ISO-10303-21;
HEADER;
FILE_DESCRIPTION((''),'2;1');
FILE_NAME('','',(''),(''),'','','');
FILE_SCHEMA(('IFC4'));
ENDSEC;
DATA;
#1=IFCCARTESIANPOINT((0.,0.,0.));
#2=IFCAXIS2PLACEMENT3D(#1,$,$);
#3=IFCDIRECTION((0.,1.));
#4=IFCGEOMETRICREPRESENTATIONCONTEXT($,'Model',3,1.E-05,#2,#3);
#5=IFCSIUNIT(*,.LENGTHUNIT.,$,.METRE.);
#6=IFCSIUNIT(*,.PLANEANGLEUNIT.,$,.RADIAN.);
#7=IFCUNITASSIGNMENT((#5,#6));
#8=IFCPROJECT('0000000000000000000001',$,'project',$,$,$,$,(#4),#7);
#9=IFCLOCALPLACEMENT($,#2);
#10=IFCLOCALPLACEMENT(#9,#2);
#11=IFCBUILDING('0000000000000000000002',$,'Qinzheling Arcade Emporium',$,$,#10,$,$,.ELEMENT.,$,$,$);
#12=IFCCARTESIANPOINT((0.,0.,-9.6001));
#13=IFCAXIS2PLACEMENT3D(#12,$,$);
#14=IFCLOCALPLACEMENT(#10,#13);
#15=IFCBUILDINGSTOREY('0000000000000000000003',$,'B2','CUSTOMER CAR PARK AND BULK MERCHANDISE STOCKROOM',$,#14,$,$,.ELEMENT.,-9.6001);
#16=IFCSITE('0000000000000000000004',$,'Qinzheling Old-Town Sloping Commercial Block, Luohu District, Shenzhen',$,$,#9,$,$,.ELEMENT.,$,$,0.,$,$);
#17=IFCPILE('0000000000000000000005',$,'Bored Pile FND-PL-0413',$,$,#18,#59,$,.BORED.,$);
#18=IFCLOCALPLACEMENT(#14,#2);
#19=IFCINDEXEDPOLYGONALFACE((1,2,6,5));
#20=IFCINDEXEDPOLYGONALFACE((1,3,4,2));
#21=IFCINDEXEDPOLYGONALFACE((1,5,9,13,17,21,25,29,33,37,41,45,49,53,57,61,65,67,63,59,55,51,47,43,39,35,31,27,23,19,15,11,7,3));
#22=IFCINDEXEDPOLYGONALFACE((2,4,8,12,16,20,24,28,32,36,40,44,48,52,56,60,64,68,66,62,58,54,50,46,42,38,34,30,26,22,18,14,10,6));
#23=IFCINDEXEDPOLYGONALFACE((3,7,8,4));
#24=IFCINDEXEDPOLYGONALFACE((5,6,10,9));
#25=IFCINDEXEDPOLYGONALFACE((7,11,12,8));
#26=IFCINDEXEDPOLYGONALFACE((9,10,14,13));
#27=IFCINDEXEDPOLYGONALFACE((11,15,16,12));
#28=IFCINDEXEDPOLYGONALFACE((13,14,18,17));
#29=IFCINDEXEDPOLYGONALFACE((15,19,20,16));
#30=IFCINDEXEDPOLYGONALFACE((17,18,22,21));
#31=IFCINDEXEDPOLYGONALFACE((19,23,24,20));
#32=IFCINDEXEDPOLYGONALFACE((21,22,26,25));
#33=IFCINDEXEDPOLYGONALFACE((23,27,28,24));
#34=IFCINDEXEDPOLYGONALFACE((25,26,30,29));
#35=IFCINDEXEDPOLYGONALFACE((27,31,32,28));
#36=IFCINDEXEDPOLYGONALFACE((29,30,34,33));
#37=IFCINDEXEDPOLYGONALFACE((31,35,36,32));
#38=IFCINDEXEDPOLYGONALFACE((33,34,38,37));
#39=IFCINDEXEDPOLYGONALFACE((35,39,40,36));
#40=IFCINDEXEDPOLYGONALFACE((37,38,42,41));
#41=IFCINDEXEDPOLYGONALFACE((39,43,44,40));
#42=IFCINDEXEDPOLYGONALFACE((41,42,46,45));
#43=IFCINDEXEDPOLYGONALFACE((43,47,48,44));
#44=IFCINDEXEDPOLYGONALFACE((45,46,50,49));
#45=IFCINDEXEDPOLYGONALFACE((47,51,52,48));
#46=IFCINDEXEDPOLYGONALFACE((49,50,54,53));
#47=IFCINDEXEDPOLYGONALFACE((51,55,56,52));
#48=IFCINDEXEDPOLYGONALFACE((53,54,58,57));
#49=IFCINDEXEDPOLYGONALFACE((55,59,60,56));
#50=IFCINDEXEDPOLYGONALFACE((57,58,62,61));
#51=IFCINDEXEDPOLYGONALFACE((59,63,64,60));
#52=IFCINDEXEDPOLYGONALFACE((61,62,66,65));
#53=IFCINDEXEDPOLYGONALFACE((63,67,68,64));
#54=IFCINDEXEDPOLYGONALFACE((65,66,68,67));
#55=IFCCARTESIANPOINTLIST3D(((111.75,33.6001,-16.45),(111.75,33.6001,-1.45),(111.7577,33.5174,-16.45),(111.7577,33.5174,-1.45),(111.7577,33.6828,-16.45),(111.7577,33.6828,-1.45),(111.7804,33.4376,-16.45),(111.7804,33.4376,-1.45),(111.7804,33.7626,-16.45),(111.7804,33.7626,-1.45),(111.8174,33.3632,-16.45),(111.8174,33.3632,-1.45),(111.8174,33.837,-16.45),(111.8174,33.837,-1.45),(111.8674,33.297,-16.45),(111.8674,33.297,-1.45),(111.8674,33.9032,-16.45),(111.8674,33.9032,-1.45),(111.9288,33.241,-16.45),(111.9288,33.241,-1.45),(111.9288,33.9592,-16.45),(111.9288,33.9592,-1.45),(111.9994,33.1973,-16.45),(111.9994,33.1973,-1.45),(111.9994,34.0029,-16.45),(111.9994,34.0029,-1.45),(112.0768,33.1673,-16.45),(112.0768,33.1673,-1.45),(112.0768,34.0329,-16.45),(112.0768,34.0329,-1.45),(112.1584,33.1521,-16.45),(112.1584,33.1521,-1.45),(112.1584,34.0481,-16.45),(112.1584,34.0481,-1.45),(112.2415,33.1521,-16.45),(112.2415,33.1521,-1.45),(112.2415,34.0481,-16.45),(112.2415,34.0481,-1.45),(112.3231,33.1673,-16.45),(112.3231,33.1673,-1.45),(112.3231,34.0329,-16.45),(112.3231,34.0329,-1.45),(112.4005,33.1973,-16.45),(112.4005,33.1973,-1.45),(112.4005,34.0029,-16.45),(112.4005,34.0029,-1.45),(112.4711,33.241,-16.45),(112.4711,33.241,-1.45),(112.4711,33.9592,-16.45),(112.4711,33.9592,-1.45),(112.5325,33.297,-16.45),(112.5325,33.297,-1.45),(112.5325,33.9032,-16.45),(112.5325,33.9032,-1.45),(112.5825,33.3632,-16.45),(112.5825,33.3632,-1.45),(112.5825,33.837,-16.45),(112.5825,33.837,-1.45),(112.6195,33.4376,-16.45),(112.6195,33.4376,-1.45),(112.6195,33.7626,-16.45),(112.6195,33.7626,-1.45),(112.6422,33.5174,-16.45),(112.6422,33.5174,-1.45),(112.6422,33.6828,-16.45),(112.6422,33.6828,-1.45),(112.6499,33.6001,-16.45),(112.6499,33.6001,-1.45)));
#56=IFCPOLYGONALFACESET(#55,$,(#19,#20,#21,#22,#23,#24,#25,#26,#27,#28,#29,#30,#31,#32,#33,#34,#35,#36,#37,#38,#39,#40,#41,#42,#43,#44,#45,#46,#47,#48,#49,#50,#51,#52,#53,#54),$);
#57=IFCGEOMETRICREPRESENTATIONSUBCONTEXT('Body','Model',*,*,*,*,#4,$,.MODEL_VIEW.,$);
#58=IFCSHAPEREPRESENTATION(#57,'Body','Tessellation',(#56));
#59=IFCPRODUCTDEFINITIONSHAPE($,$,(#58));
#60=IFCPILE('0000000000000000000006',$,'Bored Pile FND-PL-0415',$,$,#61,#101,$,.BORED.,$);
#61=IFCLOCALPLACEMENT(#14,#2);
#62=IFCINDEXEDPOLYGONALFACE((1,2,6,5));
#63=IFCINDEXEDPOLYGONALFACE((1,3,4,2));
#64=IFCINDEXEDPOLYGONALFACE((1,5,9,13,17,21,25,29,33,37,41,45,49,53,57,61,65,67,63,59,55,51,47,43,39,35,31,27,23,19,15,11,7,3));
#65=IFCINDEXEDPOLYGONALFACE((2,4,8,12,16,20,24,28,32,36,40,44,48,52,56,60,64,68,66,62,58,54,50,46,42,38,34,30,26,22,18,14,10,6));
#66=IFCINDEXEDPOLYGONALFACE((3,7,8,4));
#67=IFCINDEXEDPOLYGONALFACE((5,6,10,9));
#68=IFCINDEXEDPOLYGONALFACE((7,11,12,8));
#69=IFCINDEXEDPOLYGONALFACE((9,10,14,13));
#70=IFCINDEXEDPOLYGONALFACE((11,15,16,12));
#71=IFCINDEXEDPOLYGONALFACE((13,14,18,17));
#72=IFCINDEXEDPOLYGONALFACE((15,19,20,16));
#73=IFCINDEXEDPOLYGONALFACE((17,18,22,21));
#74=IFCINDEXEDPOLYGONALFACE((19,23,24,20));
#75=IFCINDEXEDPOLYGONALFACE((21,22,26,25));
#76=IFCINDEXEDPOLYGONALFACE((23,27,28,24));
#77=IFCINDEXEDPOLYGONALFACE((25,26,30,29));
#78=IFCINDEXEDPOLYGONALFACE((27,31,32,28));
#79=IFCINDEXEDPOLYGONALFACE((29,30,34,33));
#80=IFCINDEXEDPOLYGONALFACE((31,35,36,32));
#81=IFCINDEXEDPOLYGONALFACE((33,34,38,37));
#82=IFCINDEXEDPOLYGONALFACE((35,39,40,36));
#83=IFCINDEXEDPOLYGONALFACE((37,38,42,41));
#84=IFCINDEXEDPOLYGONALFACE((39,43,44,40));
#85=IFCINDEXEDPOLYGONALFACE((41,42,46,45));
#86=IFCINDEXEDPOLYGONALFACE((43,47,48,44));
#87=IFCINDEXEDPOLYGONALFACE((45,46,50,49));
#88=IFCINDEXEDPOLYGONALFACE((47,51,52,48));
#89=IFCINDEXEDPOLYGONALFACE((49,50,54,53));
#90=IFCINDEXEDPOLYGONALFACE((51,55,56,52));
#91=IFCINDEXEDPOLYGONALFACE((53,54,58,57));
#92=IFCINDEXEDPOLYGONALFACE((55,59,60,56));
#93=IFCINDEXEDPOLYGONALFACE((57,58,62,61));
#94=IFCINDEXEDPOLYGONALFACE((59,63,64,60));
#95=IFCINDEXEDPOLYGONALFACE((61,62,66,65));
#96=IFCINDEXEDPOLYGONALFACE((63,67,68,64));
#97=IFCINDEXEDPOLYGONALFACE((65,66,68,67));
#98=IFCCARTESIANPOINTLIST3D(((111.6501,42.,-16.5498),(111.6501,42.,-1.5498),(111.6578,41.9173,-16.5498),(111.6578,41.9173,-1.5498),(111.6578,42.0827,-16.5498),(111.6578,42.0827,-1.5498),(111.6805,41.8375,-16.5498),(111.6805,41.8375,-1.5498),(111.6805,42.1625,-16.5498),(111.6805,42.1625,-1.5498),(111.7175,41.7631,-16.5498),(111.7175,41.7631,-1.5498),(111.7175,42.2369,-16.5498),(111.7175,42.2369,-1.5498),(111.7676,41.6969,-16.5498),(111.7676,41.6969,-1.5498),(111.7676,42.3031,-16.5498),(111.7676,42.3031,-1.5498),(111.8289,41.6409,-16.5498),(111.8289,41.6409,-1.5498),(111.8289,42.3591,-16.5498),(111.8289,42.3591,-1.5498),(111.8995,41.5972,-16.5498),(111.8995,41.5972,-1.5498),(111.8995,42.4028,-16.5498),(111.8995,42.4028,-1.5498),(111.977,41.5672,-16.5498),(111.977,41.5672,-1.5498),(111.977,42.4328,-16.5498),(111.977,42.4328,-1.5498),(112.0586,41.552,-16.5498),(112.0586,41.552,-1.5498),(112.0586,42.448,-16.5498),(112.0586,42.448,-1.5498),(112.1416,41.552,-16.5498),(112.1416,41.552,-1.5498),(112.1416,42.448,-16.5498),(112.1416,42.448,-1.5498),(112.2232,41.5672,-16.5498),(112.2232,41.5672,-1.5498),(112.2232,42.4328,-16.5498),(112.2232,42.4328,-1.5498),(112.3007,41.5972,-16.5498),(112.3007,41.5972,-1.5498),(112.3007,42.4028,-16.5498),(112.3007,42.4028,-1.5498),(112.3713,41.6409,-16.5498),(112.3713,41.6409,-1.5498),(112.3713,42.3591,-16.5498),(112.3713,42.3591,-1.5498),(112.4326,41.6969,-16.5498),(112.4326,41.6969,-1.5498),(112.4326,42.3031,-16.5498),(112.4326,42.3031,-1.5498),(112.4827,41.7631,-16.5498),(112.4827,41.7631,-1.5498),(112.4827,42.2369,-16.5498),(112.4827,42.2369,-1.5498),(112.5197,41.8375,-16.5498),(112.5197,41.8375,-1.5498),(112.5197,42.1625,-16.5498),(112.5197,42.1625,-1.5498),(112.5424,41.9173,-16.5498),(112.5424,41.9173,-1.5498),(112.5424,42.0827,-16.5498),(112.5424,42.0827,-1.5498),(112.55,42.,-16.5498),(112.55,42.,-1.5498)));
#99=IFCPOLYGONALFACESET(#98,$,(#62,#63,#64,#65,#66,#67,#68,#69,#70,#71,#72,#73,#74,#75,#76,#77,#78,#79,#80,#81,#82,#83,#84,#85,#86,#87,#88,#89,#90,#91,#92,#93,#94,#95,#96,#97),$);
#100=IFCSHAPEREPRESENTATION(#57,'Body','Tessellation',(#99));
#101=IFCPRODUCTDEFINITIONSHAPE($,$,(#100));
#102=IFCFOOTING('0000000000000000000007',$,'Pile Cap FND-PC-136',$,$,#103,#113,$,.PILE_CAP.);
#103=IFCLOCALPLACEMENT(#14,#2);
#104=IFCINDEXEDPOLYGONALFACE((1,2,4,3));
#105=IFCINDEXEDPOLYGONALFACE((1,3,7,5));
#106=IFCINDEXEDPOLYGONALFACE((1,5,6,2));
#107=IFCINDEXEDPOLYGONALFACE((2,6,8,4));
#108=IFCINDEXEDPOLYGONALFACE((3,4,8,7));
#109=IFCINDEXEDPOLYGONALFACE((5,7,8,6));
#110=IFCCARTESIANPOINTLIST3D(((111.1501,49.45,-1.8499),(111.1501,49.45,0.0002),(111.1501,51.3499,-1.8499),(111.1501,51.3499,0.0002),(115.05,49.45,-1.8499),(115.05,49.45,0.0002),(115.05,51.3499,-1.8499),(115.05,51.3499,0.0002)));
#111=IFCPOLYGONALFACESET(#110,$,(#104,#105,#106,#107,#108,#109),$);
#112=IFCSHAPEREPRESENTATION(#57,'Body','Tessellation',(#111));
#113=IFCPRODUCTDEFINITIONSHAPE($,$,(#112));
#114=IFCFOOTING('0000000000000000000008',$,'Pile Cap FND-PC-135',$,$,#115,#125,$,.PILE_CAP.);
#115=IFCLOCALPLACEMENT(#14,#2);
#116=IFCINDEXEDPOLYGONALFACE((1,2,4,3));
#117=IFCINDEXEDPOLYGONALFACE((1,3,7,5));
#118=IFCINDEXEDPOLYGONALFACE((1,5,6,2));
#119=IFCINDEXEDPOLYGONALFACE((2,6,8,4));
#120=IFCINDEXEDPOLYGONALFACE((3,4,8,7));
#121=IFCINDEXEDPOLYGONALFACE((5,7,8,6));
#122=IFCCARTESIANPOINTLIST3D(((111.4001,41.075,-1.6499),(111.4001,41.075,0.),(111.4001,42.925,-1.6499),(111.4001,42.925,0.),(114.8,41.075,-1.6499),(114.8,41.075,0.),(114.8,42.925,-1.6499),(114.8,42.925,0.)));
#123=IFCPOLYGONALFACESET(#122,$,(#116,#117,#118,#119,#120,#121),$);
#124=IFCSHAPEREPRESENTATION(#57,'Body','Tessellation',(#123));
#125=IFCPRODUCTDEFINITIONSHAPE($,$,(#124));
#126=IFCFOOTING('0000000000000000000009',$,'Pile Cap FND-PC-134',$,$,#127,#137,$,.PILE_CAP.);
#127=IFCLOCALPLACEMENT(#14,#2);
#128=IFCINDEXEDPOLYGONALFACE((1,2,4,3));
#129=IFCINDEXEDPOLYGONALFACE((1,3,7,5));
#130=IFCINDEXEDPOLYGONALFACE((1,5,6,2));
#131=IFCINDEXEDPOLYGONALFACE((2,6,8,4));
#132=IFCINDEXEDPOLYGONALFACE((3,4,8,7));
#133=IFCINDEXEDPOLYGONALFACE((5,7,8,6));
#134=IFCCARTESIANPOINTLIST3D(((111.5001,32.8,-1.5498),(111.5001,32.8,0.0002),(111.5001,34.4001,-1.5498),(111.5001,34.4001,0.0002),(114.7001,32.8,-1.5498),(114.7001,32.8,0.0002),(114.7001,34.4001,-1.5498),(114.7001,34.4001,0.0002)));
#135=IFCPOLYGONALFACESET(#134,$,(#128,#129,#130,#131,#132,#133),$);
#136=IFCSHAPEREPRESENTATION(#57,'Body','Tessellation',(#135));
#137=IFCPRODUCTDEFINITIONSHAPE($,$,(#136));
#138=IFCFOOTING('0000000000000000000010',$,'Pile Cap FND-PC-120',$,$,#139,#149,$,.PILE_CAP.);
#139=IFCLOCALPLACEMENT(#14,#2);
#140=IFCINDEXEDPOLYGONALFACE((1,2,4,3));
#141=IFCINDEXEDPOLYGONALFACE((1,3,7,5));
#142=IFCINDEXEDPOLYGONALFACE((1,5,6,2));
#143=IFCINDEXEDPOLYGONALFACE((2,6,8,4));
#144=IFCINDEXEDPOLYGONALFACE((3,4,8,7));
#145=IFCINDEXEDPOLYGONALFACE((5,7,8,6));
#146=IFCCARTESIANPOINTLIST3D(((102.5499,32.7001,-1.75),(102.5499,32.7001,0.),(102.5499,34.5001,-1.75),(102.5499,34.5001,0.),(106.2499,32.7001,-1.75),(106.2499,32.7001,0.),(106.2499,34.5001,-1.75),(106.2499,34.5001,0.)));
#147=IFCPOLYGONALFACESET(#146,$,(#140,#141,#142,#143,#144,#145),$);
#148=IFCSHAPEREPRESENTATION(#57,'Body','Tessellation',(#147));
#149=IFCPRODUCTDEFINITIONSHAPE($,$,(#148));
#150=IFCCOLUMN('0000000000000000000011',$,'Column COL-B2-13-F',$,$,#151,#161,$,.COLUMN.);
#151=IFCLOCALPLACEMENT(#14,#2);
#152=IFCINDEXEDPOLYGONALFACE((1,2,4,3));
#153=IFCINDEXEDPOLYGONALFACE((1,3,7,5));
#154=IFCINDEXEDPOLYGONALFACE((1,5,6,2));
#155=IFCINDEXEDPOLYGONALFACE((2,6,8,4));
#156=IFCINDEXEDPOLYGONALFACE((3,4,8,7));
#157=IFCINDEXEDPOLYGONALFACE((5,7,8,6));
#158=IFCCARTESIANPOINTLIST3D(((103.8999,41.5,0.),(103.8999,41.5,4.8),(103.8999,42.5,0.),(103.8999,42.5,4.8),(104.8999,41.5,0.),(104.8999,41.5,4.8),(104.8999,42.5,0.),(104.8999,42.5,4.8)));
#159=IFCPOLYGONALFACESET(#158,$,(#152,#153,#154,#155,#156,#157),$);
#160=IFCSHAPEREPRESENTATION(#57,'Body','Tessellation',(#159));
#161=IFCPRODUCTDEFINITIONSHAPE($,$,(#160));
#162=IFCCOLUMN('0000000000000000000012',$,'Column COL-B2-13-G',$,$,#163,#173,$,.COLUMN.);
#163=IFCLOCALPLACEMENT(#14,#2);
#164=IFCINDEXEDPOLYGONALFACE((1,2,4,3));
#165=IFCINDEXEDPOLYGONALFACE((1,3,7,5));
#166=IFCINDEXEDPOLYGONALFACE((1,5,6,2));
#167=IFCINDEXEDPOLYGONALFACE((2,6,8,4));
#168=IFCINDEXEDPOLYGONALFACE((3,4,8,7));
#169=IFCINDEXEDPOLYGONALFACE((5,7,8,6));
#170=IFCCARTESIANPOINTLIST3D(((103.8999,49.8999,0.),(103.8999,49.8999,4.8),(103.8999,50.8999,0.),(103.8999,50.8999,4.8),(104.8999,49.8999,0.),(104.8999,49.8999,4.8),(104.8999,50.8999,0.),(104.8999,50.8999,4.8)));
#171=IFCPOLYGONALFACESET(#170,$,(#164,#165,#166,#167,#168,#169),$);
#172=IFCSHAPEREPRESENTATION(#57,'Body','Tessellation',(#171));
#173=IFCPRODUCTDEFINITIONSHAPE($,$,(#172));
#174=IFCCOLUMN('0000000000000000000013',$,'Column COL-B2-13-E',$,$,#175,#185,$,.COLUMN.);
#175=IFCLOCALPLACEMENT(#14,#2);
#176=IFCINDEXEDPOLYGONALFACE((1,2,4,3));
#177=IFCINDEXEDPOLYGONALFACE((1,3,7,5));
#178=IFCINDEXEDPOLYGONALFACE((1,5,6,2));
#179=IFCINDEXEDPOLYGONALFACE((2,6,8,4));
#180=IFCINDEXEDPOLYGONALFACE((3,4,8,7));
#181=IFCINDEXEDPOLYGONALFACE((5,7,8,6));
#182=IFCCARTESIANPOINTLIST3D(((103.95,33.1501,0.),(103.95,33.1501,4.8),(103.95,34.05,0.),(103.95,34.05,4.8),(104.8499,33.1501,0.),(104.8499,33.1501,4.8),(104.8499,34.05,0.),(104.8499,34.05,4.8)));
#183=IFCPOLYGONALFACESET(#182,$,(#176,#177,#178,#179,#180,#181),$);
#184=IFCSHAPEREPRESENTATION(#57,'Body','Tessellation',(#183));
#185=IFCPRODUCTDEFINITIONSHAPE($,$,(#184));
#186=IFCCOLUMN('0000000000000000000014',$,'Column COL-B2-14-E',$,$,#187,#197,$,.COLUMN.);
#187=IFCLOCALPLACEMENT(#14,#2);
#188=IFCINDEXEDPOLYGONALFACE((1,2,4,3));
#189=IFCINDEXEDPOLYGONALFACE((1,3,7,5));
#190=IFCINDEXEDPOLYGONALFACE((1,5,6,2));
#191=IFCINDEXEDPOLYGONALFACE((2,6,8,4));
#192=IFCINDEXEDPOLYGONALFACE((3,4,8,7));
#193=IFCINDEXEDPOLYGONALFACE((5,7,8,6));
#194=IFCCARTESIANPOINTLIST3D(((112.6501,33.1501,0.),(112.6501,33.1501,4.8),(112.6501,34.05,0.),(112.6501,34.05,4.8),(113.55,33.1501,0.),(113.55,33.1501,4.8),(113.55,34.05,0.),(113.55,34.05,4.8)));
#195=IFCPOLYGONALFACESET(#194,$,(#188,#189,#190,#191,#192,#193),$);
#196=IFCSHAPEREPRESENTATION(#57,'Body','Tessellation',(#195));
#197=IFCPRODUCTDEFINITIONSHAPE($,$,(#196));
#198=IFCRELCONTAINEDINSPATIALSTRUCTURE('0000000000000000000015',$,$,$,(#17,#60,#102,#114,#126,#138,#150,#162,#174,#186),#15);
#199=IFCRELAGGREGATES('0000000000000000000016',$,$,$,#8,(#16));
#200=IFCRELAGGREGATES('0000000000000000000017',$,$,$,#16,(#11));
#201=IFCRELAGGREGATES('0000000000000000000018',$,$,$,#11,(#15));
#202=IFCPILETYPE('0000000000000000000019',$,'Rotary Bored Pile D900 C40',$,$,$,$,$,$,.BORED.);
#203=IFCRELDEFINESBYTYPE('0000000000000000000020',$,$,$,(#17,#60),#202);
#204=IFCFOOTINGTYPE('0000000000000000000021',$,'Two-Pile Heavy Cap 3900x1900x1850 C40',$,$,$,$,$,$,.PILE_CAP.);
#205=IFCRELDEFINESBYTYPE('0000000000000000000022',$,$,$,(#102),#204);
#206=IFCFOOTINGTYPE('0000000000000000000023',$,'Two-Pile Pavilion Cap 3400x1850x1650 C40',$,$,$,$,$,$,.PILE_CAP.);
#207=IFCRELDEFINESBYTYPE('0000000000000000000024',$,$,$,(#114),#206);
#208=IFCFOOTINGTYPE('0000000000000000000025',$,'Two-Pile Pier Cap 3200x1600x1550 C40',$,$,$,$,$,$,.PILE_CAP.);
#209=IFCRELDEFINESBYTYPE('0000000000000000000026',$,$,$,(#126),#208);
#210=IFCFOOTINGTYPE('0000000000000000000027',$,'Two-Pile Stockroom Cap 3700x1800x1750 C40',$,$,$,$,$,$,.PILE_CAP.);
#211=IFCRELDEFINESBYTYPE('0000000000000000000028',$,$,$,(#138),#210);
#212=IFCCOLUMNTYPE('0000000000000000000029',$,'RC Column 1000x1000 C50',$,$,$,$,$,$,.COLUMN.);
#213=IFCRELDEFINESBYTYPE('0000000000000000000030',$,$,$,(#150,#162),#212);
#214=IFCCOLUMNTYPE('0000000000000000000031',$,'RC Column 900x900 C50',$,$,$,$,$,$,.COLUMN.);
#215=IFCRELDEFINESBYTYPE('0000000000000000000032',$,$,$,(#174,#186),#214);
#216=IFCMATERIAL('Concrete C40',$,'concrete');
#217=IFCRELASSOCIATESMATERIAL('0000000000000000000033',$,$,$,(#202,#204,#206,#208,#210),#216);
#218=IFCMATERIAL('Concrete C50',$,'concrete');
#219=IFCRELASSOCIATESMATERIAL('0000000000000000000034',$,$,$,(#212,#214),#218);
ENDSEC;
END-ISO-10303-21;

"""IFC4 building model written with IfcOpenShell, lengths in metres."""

from ifc_helpers import new_model, si_unit, direction, frame, origin, origin_2d, place, context, subcontext, project, spatial, rectangle, circle, extrude, material, material_profile, profile_set, type_object, element, save


model = new_model("IFC4")

# Units and contexts
model_context = context("Model", 3, precision=1e-05, world=origin(), true_north=direction((0.0, 1.0)))
body_context = subcontext(model_context, "Body", "Model", "MODEL_VIEW")
ifc_project = project(units=[si_unit("LENGTHUNIT", "METRE"), si_unit("PLANEANGLEUNIT", "RADIAN")], contexts=[model_context])

# Site, building, storey
site_placement = place(None, origin())
site = spatial("IfcSite", under=ifc_project, at=site_placement, Name="Qinzheling Old-Town Sloping Commercial Block, Luohu District, Shenzhen", CompositionType="ELEMENT", RefElevation=0.0)
building_placement = place(site_placement, origin())
building = spatial("IfcBuilding", under=site, at=building_placement, Name="Qinzheling Arcade Emporium", CompositionType="ELEMENT")
storey_placement = place(building_placement, frame((0.0, 0.0, -9.6001)))
storey = spatial("IfcBuildingStorey", under=building, at=storey_placement, Name="B2", Description="CUSTOMER CAR PARK AND BULK MERCHANDISE STOCKROOM", CompositionType="ELEMENT", Elevation=-9.6001)

# Shared definitions
ifc_material_1 = material(Name="Concrete C40", Category="concrete")

# Piles
ifc_material_profile_1 = material_profile(ifc_material_1, circle(Radius=0.45, at=origin_2d()), Name="BORED D900", Category="concrete")
ifc_profile_set_1 = profile_set([ifc_material_profile_1], Name="Concrete C40")
pile_type_1 = type_object("IfcPileType", Name="Rotary Bored Pile D900 C40", PredefinedType="BORED", material=ifc_profile_set_1)
for number, where, z_axis, x_axis, name in (
    (1, (112.2, 33.6001, -1.45), (0.0, 0.0, -1.0), (1.0, 0.0, 0.0), "Bored Pile FND-PL-0413"),
    (2, (112.1001, 42.0, -1.5498), (0.0, 0.0, -1.0), (1.0, 0.0, 0.0), "Bored Pile FND-PL-0415"),
):
    element("IfcPile", number, at=place(storey_placement, frame(where, z_axis=z_axis, x_axis=x_axis)), inside=storey, type_object=pile_type_1, Name=name, PredefinedType="BORED", context=body_context, shape_type="SweptSolid", body=[
        extrude(circle(Radius=0.45, at=origin_2d()), origin(), (0.0, 0.0, 1.0), 15.0),
    ])

# Footings
footing_type_1 = type_object("IfcFootingType", Name="Two-Pile Heavy Cap 3900x1900x1850 C40", PredefinedType="PILE_CAP", material=ifc_material_1)
footing_1_placement = place(storey_placement, frame((113.1001, 50.3999, -1.8499), z_axis=(0.0, 0.0, 1.0), x_axis=(1.0, 0.0, 0.0)))
element("IfcFooting", 3, at=footing_1_placement, inside=storey, type_object=footing_type_1, Name="Pile Cap FND-PC-136", PredefinedType="PILE_CAP", context=body_context, shape_type="SweptSolid", body=[
    extrude(rectangle(XDim=3.8999, YDim=1.8999, at=origin_2d()), origin(), (0.0, 0.0, 1.0), 1.8501),
])
footing_type_2 = type_object("IfcFootingType", Name="Two-Pile Pavilion Cap 3400x1850x1650 C40", PredefinedType="PILE_CAP", material=ifc_material_1)
footing_2_placement = place(storey_placement, frame((113.1001, 42.0, -1.6499), z_axis=(0.0, 0.0, 1.0), x_axis=(1.0, 0.0, 0.0)))
element("IfcFooting", 4, at=footing_2_placement, inside=storey, type_object=footing_type_2, Name="Pile Cap FND-PC-135", PredefinedType="PILE_CAP", context=body_context, shape_type="SweptSolid", body=[
    extrude(rectangle(XDim=3.3999, YDim=1.8501, at=origin_2d()), origin(), (0.0, 0.0, 1.0), 1.6499),
])
footing_type_3 = type_object("IfcFootingType", Name="Two-Pile Pier Cap 3200x1600x1550 C40", PredefinedType="PILE_CAP", material=ifc_material_1)
footing_3_placement = place(storey_placement, frame((113.1001, 33.6001, -1.5498), z_axis=(0.0, 0.0, 1.0), x_axis=(1.0, 0.0, 0.0)))
element("IfcFooting", 5, at=footing_3_placement, inside=storey, type_object=footing_type_3, Name="Pile Cap FND-PC-134", PredefinedType="PILE_CAP", context=body_context, shape_type="SweptSolid", body=[
    extrude(rectangle(XDim=3.2, YDim=1.6001, at=origin_2d()), origin(), (0.0, 0.0, 1.0), 1.55),
])
footing_type_4 = type_object("IfcFootingType", Name="Two-Pile Stockroom Cap 3700x1800x1750 C40", PredefinedType="PILE_CAP", material=ifc_material_1)
footing_4_placement = place(storey_placement, frame((104.3999, 33.6001, -1.75), z_axis=(0.0, 0.0, 1.0), x_axis=(1.0, 0.0, 0.0)))
element("IfcFooting", 6, at=footing_4_placement, inside=storey, type_object=footing_type_4, Name="Pile Cap FND-PC-120", PredefinedType="PILE_CAP", context=body_context, shape_type="SweptSolid", body=[
    extrude(rectangle(XDim=3.7, YDim=1.8, at=origin_2d()), origin(), (0.0, 0.0, 1.0), 1.75),
])

# Columns
ifc_material_2 = material(Name="Concrete C50", Category="concrete")
ifc_material_profile_2 = material_profile(ifc_material_2, rectangle(XDim=1.0, YDim=1.0, at=origin_2d()), Name="RC 1000x1000", Category="concrete")
ifc_profile_set_2 = profile_set([ifc_material_profile_2], Name="Concrete C50")
column_type_1 = type_object("IfcColumnType", Name="RC Column 1000x1000 C50", PredefinedType="COLUMN", material=ifc_profile_set_2)
for number, where, z_axis, x_axis, name in (
    (7, (104.3999, 42.0, 0.0), (0.0, 0.0, 1.0), (1.0, 0.0, 0.0), "Column COL-B2-13-F"),
    (8, (104.3999, 50.3999, 0.0), (0.0, 0.0, 1.0), (1.0, 0.0, 0.0), "Column COL-B2-13-G"),
):
    element("IfcColumn", number, at=place(storey_placement, frame(where, z_axis=z_axis, x_axis=x_axis)), inside=storey, type_object=column_type_1, Name=name, PredefinedType="COLUMN", context=body_context, shape_type="SweptSolid", body=[
        extrude(rectangle(XDim=1.0, YDim=1.0, at=origin_2d()), origin(), (0.0, 0.0, 1.0), 4.8),
    ])
ifc_material_profile_3 = material_profile(ifc_material_2, rectangle(XDim=0.8999, YDim=0.8999, at=origin_2d()), Name="RC 900x900", Category="concrete")
ifc_profile_set_3 = profile_set([ifc_material_profile_3], Name="Concrete C50")
column_type_2 = type_object("IfcColumnType", Name="RC Column 900x900 C50", PredefinedType="COLUMN", material=ifc_profile_set_3)
for number, where, z_axis, x_axis, name in (
    (9, (104.3999, 33.6001, 0.0), (0.0, 0.0, 1.0), (1.0, 0.0, 0.0), "Column COL-B2-13-E"),
    (10, (113.1001, 33.6001, 0.0), (0.0, 0.0, 1.0), (1.0, 0.0, 0.0), "Column COL-B2-14-E"),
):
    element("IfcColumn", number, at=place(storey_placement, frame(where, z_axis=z_axis, x_axis=x_axis)), inside=storey, type_object=column_type_2, Name=name, PredefinedType="COLUMN", context=body_context, shape_type="SweptSolid", body=[
        extrude(rectangle(XDim=0.8999, YDim=0.8999, at=origin_2d()), origin(), (0.0, 0.0, 1.0), 4.8),
    ])

save(model, "model.ifc")
